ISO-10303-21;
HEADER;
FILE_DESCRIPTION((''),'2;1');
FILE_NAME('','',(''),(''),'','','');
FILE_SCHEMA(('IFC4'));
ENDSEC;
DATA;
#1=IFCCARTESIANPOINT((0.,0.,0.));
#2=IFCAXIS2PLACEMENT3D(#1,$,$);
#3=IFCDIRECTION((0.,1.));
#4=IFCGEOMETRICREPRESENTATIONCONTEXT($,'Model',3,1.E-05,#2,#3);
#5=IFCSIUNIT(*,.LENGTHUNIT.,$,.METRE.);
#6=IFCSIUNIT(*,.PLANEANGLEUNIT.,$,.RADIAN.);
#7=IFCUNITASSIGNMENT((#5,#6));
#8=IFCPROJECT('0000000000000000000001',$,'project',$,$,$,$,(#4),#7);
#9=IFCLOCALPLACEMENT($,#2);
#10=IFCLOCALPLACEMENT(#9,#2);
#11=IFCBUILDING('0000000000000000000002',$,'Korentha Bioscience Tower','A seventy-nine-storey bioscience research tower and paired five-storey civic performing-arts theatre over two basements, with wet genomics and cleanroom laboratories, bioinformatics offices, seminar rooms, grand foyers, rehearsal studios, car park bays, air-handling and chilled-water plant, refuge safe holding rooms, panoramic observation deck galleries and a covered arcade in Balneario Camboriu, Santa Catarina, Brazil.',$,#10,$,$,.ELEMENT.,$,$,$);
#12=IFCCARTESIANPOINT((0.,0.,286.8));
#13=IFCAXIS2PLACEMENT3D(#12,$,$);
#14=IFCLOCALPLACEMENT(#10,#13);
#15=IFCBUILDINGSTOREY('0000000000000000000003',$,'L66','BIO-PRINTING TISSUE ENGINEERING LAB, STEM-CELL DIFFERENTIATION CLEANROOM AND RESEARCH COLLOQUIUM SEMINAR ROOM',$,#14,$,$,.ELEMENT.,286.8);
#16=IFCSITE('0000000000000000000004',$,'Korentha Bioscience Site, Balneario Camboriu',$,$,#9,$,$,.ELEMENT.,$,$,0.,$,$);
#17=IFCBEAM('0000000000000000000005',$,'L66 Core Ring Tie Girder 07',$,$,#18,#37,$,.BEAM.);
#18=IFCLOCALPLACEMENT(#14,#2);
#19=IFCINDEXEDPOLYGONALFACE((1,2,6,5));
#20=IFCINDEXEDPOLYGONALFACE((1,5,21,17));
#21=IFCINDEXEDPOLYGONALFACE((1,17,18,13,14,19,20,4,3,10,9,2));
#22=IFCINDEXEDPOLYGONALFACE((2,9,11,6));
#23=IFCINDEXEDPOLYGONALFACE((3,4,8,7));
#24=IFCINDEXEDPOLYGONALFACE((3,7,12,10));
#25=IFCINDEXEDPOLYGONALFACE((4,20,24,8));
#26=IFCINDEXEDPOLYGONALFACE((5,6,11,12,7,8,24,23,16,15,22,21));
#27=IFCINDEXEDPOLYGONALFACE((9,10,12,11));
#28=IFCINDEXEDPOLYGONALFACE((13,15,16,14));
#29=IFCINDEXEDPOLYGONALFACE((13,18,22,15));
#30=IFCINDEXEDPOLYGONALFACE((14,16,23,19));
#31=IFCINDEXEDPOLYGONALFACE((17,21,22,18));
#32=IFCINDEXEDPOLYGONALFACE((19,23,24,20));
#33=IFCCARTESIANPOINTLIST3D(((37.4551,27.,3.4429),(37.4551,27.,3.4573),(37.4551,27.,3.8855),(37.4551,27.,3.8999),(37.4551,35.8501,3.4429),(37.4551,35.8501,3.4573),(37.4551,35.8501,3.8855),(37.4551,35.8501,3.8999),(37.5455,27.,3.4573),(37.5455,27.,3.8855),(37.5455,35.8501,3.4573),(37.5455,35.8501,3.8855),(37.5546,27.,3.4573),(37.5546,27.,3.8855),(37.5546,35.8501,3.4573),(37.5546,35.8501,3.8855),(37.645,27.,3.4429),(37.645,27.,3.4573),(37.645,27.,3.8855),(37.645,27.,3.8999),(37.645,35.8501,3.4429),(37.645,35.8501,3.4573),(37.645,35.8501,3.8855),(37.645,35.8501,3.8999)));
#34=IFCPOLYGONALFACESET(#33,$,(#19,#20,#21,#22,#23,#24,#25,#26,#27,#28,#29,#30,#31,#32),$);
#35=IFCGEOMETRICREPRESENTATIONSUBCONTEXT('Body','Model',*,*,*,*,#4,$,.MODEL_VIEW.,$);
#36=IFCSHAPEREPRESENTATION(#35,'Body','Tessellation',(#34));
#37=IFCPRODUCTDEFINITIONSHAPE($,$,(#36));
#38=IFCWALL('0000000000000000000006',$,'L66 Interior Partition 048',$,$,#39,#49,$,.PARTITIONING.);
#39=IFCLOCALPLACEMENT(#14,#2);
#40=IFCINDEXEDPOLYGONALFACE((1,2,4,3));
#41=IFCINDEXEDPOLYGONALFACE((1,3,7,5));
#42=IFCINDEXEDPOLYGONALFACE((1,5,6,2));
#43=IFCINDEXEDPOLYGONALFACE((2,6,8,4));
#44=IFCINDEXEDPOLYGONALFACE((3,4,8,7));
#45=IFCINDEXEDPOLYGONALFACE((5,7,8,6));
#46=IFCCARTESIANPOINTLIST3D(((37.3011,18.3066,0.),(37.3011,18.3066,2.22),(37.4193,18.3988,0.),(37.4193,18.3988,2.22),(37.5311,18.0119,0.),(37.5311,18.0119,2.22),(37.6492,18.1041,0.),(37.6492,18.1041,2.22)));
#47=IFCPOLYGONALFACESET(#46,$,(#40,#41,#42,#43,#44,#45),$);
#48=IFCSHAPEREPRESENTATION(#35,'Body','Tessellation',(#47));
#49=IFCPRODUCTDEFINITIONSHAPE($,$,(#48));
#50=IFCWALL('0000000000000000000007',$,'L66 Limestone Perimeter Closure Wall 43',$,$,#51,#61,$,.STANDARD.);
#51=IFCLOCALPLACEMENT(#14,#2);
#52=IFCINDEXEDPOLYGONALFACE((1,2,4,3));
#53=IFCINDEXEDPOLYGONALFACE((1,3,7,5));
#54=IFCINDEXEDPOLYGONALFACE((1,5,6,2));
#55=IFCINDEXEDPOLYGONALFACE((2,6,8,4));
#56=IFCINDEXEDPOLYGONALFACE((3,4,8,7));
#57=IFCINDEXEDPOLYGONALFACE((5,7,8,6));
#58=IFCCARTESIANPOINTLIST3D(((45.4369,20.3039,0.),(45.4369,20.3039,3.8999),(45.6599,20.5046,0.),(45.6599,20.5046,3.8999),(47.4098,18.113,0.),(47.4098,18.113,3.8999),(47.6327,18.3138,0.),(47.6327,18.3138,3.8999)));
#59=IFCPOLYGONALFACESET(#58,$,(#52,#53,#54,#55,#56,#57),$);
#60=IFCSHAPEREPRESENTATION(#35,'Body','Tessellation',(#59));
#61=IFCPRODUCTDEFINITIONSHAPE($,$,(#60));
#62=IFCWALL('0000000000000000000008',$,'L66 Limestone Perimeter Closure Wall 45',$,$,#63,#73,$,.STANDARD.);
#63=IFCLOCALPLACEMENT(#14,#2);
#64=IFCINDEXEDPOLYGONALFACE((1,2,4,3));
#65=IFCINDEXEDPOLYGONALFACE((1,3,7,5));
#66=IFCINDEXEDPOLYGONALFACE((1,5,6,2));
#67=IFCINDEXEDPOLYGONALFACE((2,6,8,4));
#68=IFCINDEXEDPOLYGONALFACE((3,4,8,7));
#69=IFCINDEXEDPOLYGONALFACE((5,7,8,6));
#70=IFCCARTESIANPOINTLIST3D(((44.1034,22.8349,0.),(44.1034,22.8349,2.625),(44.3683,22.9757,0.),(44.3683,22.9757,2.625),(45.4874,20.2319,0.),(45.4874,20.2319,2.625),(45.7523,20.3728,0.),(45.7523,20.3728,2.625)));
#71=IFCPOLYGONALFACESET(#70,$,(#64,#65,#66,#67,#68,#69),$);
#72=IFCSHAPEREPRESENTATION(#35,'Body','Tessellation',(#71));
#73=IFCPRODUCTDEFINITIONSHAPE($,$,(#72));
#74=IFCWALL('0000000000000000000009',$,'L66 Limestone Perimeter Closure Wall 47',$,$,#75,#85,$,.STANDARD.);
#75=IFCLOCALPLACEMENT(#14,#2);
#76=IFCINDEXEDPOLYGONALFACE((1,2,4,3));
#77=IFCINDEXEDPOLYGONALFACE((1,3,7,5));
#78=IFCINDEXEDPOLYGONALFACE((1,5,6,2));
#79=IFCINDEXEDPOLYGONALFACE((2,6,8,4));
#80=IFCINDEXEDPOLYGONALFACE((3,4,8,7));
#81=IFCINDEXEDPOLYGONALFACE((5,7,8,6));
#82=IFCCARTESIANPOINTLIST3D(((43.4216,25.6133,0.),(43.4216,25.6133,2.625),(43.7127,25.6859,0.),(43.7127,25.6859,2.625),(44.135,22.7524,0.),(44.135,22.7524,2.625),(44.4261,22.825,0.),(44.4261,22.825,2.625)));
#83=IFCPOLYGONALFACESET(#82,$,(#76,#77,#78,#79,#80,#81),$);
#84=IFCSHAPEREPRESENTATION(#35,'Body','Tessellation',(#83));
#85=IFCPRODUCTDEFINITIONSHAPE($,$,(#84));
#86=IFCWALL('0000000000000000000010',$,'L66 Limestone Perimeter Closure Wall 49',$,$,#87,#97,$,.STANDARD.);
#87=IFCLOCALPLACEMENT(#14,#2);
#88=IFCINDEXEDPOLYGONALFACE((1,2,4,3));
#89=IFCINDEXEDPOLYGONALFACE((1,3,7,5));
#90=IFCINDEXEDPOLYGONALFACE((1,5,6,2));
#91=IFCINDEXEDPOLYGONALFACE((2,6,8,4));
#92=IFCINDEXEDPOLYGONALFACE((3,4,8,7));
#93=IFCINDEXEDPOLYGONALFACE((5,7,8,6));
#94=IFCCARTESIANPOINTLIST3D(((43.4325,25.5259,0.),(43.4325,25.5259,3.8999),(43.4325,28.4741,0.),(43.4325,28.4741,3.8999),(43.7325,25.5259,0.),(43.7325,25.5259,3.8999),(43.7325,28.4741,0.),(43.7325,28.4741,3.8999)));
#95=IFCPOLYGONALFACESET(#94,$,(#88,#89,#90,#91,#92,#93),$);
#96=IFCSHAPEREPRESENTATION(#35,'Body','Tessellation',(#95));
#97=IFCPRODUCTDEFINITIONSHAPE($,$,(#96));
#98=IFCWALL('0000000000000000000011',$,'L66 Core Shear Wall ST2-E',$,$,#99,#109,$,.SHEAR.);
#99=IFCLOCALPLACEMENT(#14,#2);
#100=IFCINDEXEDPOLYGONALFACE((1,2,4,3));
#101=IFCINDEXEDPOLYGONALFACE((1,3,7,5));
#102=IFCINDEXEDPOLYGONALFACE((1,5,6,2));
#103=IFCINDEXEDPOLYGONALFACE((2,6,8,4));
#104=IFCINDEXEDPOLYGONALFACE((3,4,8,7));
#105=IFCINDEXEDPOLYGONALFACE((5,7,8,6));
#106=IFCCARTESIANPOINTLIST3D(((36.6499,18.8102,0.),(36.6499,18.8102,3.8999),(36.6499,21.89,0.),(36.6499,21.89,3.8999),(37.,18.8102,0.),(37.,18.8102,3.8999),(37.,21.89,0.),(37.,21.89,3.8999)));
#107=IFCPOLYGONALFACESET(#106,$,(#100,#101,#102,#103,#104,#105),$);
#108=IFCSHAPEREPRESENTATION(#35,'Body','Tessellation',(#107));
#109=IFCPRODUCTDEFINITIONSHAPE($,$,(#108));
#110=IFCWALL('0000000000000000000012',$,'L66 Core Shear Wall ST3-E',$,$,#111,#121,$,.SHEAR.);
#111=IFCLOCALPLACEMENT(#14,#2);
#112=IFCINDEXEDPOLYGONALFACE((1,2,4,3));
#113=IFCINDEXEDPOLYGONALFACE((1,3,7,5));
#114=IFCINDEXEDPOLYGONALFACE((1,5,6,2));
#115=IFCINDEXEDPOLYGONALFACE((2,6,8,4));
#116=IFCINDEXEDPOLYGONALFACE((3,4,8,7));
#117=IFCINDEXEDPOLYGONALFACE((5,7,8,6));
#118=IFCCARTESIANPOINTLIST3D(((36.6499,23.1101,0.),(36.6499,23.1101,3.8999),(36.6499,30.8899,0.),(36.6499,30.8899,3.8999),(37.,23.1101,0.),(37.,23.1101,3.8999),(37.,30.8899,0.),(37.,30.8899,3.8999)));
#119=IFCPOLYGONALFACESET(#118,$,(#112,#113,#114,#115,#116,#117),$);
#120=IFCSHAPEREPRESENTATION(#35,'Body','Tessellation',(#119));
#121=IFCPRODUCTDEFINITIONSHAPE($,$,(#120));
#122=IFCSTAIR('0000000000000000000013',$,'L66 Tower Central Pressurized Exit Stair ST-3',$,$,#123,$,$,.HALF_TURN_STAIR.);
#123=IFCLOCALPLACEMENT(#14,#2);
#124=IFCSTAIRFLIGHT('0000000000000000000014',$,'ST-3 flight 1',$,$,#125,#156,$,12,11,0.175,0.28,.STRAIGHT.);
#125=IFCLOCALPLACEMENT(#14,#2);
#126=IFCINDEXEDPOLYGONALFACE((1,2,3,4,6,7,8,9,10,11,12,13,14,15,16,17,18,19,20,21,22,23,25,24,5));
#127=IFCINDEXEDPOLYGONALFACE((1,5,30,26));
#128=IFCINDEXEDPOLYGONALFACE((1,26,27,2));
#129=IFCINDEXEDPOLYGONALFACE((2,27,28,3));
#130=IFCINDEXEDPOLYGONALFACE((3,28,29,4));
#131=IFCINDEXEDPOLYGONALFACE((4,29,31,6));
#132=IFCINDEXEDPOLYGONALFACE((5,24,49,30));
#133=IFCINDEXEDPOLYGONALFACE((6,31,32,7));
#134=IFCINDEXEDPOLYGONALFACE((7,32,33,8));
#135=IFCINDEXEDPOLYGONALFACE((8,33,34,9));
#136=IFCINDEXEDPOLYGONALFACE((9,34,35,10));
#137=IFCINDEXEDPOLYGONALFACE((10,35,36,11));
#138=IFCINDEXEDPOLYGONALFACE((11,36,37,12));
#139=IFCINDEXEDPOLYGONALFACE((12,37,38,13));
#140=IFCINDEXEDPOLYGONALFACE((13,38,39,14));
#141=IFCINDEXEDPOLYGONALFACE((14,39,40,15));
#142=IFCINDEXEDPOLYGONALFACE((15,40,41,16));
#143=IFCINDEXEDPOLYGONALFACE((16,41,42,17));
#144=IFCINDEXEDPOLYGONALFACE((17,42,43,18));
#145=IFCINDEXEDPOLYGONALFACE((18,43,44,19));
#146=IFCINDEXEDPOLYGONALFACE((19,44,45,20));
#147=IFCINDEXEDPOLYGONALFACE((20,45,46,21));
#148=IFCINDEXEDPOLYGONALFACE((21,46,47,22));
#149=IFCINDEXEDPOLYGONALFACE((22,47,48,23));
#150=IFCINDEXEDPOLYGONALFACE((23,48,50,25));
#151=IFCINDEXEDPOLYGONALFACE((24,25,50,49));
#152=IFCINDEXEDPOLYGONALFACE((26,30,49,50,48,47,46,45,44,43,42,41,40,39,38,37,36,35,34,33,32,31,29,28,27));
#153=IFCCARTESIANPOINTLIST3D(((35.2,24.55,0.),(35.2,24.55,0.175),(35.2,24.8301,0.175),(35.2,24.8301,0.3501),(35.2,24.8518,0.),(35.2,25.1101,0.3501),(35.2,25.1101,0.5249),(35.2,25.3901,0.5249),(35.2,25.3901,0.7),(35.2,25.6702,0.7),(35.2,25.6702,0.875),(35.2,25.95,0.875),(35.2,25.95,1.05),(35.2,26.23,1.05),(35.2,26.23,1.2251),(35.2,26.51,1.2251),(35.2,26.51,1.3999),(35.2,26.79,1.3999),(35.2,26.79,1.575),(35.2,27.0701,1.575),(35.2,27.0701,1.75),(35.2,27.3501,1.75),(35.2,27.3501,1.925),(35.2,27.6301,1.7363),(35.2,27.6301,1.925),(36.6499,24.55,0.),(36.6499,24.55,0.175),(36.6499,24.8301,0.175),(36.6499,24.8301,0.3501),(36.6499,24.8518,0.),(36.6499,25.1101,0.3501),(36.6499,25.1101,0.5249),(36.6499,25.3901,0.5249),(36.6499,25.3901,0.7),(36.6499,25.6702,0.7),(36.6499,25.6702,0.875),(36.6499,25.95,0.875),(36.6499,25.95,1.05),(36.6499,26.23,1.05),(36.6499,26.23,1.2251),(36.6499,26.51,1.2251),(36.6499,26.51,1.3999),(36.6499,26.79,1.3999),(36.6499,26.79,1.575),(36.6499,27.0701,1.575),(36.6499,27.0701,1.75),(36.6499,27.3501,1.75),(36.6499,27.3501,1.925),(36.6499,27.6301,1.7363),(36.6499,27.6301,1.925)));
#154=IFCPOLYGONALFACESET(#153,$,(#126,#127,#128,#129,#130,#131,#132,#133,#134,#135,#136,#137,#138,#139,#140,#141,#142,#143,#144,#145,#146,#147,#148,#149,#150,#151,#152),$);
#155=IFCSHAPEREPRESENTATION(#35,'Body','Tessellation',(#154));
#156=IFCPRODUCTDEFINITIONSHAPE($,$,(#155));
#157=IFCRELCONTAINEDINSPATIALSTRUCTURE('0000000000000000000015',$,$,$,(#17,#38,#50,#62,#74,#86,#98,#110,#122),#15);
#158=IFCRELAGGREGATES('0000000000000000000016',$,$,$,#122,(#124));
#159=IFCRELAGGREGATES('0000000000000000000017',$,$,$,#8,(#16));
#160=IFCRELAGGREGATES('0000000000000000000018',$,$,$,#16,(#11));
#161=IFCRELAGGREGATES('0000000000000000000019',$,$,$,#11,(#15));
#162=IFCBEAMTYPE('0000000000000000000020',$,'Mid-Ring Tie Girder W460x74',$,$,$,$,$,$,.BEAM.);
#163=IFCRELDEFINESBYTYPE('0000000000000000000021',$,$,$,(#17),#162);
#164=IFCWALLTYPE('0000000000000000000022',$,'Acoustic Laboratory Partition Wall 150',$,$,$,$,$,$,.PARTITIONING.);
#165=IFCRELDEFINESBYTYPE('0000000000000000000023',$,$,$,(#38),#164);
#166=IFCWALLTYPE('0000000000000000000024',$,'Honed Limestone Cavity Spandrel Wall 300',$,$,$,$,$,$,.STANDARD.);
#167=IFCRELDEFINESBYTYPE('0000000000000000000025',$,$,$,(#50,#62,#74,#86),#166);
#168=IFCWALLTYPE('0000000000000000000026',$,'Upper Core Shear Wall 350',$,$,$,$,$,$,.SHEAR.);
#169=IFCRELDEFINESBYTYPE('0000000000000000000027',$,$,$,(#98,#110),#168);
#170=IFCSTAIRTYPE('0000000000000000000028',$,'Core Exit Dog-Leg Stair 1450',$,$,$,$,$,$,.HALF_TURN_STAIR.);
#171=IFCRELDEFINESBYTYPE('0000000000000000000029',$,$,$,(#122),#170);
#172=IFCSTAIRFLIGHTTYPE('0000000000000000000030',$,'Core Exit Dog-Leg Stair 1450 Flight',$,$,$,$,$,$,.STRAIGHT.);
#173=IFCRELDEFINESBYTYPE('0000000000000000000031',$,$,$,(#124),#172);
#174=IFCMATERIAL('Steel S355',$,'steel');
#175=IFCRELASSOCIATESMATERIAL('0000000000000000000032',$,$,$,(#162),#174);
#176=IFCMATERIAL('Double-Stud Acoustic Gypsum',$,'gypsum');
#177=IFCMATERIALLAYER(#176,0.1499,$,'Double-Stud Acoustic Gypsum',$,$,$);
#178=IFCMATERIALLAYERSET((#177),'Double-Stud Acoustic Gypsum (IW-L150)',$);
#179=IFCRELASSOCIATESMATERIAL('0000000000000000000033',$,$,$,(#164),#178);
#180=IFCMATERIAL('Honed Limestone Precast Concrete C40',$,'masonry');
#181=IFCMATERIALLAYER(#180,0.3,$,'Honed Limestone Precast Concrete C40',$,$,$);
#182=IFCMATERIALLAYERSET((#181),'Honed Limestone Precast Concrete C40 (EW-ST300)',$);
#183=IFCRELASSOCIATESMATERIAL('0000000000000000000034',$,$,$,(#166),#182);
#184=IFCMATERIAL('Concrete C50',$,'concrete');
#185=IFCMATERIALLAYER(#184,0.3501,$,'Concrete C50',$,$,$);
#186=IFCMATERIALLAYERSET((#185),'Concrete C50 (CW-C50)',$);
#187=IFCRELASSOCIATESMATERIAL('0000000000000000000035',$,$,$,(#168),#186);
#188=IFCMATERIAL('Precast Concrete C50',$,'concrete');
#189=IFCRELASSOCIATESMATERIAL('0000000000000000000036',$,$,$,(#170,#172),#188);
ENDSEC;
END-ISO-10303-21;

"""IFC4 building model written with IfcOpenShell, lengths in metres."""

from ifc_helpers import new_model, si_unit, direction, frame, frame_2d, origin, origin_2d, place, context, subcontext, project, spatial, polyline, rectangle, i_section, outline, extrude, material, layer, layer_set, material_profile, profile_set, type_object, element, aggregate, save


model = new_model("IFC4")

# Units and contexts
model_context = context("Model", 3, precision=1e-05, world=origin(), true_north=direction((0.0, 1.0)))
body_context = subcontext(model_context, "Body", "Model", "MODEL_VIEW")
ifc_project = project(units=[si_unit("LENGTHUNIT", "METRE"), si_unit("PLANEANGLEUNIT", "RADIAN")], contexts=[model_context])

# Site, building, storey
site_placement = place(None, origin())
site = spatial("IfcSite", under=ifc_project, at=site_placement, Name="Korentha Bioscience Site, Balneario Camboriu", CompositionType="ELEMENT", RefElevation=0.0)
building_placement = place(site_placement, origin())
building = spatial("IfcBuilding", under=site, at=building_placement, Name="Korentha Bioscience Tower", Description="A seventy-nine-storey bioscience research tower and paired five-storey civic performing-arts theatre over two basements, with wet genomics and cleanroom laboratories, bioinformatics offices, seminar rooms, grand foyers, rehearsal studios, car park bays, air-handling and chilled-water plant, refuge safe holding rooms, panoramic observation deck galleries and a covered arcade in Balneario Camboriu, Santa Catarina, Brazil.", CompositionType="ELEMENT")
storey_placement = place(building_placement, frame((0.0, 0.0, 286.8)))
storey = spatial("IfcBuildingStorey", under=building, at=storey_placement, Name="L66", Description="BIO-PRINTING TISSUE ENGINEERING LAB, STEM-CELL DIFFERENTIATION CLEANROOM AND RESEARCH COLLOQUIUM SEMINAR ROOM", CompositionType="ELEMENT", Elevation=286.8)

# Shared definitions
ifc_material_1 = material(Name="Concrete C50", Category="concrete")

# Beam
ifc_material_2 = material(Name="Steel S355", Category="steel")
ifc_material_profile_1 = material_profile(ifc_material_2, i_section(OverallWidth=0.1899, OverallDepth=0.457, WebThickness=0.009, FlangeThickness=0.0144, at=origin_2d()), Name="Steel S355")
ifc_profile_set_1 = profile_set([ifc_material_profile_1], Name="Steel S355 (MB-460)")
beam_type_1 = type_object("IfcBeamType", Name="Mid-Ring Tie Girder W460x74", PredefinedType="BEAM", material=ifc_profile_set_1)
for number, where, z_axis, x_axis, name in (
    (1, (37.55, 27.0, 3.6714), (0.0, 1.0, 0.0), (-1.0, 0.0, 0.0), "L66 Core Ring Tie Girder 07"),
):
    element("IfcBeam", number, at=place(storey_placement, frame(where, z_axis=z_axis, x_axis=x_axis)), inside=storey, type_object=beam_type_1, Name=name, PredefinedType="BEAM", context=body_context, shape_type="SweptSolid", body=[
        extrude(i_section(OverallWidth=0.1899, OverallDepth=0.457, WebThickness=0.009, FlangeThickness=0.0144, at=origin_2d()), origin(), (0.0, 0.0, 1.0), 8.8501),
    ])

# Walls
ifc_material_3 = material(Name="Double-Stud Acoustic Gypsum", Category="gypsum")
ifc_layer_1 = layer(ifc_material_3, 0.1499, Name="Double-Stud Acoustic Gypsum")
ifc_layer_set_1 = layer_set([ifc_layer_1], Name="Double-Stud Acoustic Gypsum (IW-L150)")
wall_type_1 = type_object("IfcWallType", Name="Acoustic Laboratory Partition Wall 150", PredefinedType="PARTITIONING", material=ifc_layer_set_1)
wall_1_placement = place(storey_placement, frame((37.3601, 18.3528, 0.0), z_axis=(0.0, 0.0, 1.0), x_axis=(0.615251, -0.788331, 0.0)))
element("IfcWall", 2, at=wall_1_placement, inside=storey, type_object=wall_type_1, Name="L66 Interior Partition 048", PredefinedType="PARTITIONING", context=body_context, shape_type="SweptSolid", body=[
    extrude(rectangle(XDim=0.3738, YDim=0.1499, at=frame_2d((0.187, 0.0))), origin(), (0.0, 0.0, 1.0), 2.22),
])
ifc_material_4 = material(Name="Honed Limestone Precast Concrete C40", Category="masonry")
ifc_layer_2 = layer(ifc_material_4, 0.3, Name="Honed Limestone Precast Concrete C40")
ifc_layer_set_2 = layer_set([ifc_layer_2], Name="Honed Limestone Precast Concrete C40 (EW-ST300)")
wall_type_2 = type_object("IfcWallType", Name="Honed Limestone Cavity Spandrel Wall 300", PredefinedType="STANDARD", material=ifc_layer_set_2)
wall_2_placement = place(storey_placement, frame((47.5212, 18.2134, 0.0), z_axis=(0.0, 0.0, 1.0), x_axis=(-0.669166, 0.743113, 0.0)))
element("IfcWall", 3, at=wall_2_placement, inside=storey, type_object=wall_type_2, Name="L66 Limestone Perimeter Closure Wall 43", PredefinedType="STANDARD", context=body_context, shape_type="SweptSolid", body=[
    extrude(rectangle(XDim=2.9482, YDim=0.3, at=frame_2d((1.4741, 0.0))), origin(), (0.0, 0.0, 1.0), 3.8999),
])
wall_3_placement = place(storey_placement, frame((45.6199, 20.3022, 0.0), z_axis=(0.0, 0.0, 1.0), x_axis=(-0.469466, 0.882951, 0.0)))
element("IfcWall", 4, at=wall_3_placement, inside=storey, type_object=wall_type_2, Name="L66 Limestone Perimeter Closure Wall 45", PredefinedType="STANDARD", context=body_context, shape_type="SweptSolid", body=[
    extrude(rectangle(XDim=2.948, YDim=0.3, at=frame_2d((1.4741, 0.0))), origin(), (0.0, 0.0, 1.0), 2.625),
])
wall_4_placement = place(storey_placement, frame((44.2805, 22.7888, 0.0), z_axis=(0.0, 0.0, 1.0), x_axis=(-0.241951, 0.970288, 0.0)))
element("IfcWall", 5, at=wall_4_placement, inside=storey, type_object=wall_type_2, Name="L66 Limestone Perimeter Closure Wall 47", PredefinedType="STANDARD", context=body_context, shape_type="SweptSolid", body=[
    extrude(rectangle(XDim=2.9485, YDim=0.3, at=frame_2d((1.4741, 0.0))), origin(), (0.0, 0.0, 1.0), 2.625),
])
wall_5_placement = place(storey_placement, frame((43.5825, 25.5259, 0.0), z_axis=(0.0, 0.0, 1.0), x_axis=(0.0, 1.0, 0.0)))
element("IfcWall", 6, at=wall_5_placement, inside=storey, type_object=wall_type_2, Name="L66 Limestone Perimeter Closure Wall 49", PredefinedType="STANDARD", context=body_context, shape_type="SweptSolid", body=[
    extrude(rectangle(XDim=2.9482, YDim=0.3, at=frame_2d((1.4741, 0.0))), origin(), (0.0, 0.0, 1.0), 3.8999),
])
ifc_layer_3 = layer(ifc_material_1, 0.3501, Name="Concrete C50")
ifc_layer_set_3 = layer_set([ifc_layer_3], Name="Concrete C50 (CW-C50)")
wall_type_3 = type_object("IfcWallType", Name="Upper Core Shear Wall 350", PredefinedType="SHEAR", material=ifc_layer_set_3)
wall_6_placement = place(storey_placement, frame((36.825, 18.8101, 0.0), z_axis=(0.0, 0.0, 1.0), x_axis=(0.0, 1.0, 0.0)))
element("IfcWall", 7, at=wall_6_placement, inside=storey, type_object=wall_type_3, Name="L66 Core Shear Wall ST2-E", PredefinedType="SHEAR", context=body_context, shape_type="SweptSolid", body=[
    extrude(rectangle(XDim=3.0798, YDim=0.3501, at=frame_2d((1.54, 0.0))), origin(), (0.0, 0.0, 1.0), 3.8999),
])
wall_7_placement = place(storey_placement, frame((36.825, 23.1101, 0.0), z_axis=(0.0, 0.0, 1.0), x_axis=(0.0, 1.0, 0.0)))
element("IfcWall", 8, at=wall_7_placement, inside=storey, type_object=wall_type_3, Name="L66 Core Shear Wall ST3-E", PredefinedType="SHEAR", context=body_context, shape_type="SweptSolid", body=[
    extrude(rectangle(XDim=7.7798, YDim=0.3501, at=frame_2d((3.8899, 0.0))), origin(), (0.0, 0.0, 1.0), 3.8999),
])

# Stair, stair flight
ifc_material_5 = material(Name="Precast Concrete C50", Category="concrete")
stair_type = type_object("IfcStairType", Name="Core Exit Dog-Leg Stair 1450", PredefinedType="HALF_TURN_STAIR", material=ifc_material_5)
stair_placement = place(storey_placement, origin())
stair = element("IfcStair", 9, at=stair_placement, inside=storey, type_object=stair_type, Name="L66 Tower Central Pressurized Exit Stair ST-3", PredefinedType="HALF_TURN_STAIR")
stair_flight_type = type_object("IfcStairFlightType", Name="Core Exit Dog-Leg Stair 1450 Flight", PredefinedType="STRAIGHT", material=ifc_material_5)
stair_flight_placement = place(storey_placement, frame((35.925, 24.55, 0.0), z_axis=(0.0, 0.0, 1.0), x_axis=(0.0, 1.0, 0.0)))
stair_flight = element("IfcStairFlight", 10, at=stair_flight_placement, type_object=stair_flight_type, Name="ST-3 flight 1", NumberOfRisers=12, NumberOfTreads=11, PredefinedType="STRAIGHT", RiserHeight=0.175, TreadLength=0.28, context=body_context, shape_type="SweptSolid", body=[
    extrude(outline(polyline([(0.0, 0.0), (0.0, 0.175), (0.28, 0.175), (0.28, 0.3501), (0.5601, 0.3501), (0.5601, 0.5249), (0.8401, 0.5249), (0.8401, 0.7), (1.1201, 0.7), (1.1201, 0.875), (1.3999, 0.875), (1.3999, 1.05), (1.6799, 1.05), (1.6799, 1.2251), (1.96, 1.2251), (1.96, 1.3999), (2.24, 1.3999), (2.24, 1.575), (2.52, 1.575), (2.52, 1.75), (2.8, 1.75), (2.8, 1.925), (3.0801, 1.925), (3.0801, 2.1001), (3.0801, 1.7363), (0.3018, 0.0), (0.0, 0.0)])), frame((0.0, 0.7251, 0.0), z_axis=(0.0, -1.0, 0.0), x_axis=(1.0, 0.0, 0.0)), (0.0, 0.0, 1.0), 1.45),
])
aggregate(stair, [stair_flight])

save(model, "model.ifc")
